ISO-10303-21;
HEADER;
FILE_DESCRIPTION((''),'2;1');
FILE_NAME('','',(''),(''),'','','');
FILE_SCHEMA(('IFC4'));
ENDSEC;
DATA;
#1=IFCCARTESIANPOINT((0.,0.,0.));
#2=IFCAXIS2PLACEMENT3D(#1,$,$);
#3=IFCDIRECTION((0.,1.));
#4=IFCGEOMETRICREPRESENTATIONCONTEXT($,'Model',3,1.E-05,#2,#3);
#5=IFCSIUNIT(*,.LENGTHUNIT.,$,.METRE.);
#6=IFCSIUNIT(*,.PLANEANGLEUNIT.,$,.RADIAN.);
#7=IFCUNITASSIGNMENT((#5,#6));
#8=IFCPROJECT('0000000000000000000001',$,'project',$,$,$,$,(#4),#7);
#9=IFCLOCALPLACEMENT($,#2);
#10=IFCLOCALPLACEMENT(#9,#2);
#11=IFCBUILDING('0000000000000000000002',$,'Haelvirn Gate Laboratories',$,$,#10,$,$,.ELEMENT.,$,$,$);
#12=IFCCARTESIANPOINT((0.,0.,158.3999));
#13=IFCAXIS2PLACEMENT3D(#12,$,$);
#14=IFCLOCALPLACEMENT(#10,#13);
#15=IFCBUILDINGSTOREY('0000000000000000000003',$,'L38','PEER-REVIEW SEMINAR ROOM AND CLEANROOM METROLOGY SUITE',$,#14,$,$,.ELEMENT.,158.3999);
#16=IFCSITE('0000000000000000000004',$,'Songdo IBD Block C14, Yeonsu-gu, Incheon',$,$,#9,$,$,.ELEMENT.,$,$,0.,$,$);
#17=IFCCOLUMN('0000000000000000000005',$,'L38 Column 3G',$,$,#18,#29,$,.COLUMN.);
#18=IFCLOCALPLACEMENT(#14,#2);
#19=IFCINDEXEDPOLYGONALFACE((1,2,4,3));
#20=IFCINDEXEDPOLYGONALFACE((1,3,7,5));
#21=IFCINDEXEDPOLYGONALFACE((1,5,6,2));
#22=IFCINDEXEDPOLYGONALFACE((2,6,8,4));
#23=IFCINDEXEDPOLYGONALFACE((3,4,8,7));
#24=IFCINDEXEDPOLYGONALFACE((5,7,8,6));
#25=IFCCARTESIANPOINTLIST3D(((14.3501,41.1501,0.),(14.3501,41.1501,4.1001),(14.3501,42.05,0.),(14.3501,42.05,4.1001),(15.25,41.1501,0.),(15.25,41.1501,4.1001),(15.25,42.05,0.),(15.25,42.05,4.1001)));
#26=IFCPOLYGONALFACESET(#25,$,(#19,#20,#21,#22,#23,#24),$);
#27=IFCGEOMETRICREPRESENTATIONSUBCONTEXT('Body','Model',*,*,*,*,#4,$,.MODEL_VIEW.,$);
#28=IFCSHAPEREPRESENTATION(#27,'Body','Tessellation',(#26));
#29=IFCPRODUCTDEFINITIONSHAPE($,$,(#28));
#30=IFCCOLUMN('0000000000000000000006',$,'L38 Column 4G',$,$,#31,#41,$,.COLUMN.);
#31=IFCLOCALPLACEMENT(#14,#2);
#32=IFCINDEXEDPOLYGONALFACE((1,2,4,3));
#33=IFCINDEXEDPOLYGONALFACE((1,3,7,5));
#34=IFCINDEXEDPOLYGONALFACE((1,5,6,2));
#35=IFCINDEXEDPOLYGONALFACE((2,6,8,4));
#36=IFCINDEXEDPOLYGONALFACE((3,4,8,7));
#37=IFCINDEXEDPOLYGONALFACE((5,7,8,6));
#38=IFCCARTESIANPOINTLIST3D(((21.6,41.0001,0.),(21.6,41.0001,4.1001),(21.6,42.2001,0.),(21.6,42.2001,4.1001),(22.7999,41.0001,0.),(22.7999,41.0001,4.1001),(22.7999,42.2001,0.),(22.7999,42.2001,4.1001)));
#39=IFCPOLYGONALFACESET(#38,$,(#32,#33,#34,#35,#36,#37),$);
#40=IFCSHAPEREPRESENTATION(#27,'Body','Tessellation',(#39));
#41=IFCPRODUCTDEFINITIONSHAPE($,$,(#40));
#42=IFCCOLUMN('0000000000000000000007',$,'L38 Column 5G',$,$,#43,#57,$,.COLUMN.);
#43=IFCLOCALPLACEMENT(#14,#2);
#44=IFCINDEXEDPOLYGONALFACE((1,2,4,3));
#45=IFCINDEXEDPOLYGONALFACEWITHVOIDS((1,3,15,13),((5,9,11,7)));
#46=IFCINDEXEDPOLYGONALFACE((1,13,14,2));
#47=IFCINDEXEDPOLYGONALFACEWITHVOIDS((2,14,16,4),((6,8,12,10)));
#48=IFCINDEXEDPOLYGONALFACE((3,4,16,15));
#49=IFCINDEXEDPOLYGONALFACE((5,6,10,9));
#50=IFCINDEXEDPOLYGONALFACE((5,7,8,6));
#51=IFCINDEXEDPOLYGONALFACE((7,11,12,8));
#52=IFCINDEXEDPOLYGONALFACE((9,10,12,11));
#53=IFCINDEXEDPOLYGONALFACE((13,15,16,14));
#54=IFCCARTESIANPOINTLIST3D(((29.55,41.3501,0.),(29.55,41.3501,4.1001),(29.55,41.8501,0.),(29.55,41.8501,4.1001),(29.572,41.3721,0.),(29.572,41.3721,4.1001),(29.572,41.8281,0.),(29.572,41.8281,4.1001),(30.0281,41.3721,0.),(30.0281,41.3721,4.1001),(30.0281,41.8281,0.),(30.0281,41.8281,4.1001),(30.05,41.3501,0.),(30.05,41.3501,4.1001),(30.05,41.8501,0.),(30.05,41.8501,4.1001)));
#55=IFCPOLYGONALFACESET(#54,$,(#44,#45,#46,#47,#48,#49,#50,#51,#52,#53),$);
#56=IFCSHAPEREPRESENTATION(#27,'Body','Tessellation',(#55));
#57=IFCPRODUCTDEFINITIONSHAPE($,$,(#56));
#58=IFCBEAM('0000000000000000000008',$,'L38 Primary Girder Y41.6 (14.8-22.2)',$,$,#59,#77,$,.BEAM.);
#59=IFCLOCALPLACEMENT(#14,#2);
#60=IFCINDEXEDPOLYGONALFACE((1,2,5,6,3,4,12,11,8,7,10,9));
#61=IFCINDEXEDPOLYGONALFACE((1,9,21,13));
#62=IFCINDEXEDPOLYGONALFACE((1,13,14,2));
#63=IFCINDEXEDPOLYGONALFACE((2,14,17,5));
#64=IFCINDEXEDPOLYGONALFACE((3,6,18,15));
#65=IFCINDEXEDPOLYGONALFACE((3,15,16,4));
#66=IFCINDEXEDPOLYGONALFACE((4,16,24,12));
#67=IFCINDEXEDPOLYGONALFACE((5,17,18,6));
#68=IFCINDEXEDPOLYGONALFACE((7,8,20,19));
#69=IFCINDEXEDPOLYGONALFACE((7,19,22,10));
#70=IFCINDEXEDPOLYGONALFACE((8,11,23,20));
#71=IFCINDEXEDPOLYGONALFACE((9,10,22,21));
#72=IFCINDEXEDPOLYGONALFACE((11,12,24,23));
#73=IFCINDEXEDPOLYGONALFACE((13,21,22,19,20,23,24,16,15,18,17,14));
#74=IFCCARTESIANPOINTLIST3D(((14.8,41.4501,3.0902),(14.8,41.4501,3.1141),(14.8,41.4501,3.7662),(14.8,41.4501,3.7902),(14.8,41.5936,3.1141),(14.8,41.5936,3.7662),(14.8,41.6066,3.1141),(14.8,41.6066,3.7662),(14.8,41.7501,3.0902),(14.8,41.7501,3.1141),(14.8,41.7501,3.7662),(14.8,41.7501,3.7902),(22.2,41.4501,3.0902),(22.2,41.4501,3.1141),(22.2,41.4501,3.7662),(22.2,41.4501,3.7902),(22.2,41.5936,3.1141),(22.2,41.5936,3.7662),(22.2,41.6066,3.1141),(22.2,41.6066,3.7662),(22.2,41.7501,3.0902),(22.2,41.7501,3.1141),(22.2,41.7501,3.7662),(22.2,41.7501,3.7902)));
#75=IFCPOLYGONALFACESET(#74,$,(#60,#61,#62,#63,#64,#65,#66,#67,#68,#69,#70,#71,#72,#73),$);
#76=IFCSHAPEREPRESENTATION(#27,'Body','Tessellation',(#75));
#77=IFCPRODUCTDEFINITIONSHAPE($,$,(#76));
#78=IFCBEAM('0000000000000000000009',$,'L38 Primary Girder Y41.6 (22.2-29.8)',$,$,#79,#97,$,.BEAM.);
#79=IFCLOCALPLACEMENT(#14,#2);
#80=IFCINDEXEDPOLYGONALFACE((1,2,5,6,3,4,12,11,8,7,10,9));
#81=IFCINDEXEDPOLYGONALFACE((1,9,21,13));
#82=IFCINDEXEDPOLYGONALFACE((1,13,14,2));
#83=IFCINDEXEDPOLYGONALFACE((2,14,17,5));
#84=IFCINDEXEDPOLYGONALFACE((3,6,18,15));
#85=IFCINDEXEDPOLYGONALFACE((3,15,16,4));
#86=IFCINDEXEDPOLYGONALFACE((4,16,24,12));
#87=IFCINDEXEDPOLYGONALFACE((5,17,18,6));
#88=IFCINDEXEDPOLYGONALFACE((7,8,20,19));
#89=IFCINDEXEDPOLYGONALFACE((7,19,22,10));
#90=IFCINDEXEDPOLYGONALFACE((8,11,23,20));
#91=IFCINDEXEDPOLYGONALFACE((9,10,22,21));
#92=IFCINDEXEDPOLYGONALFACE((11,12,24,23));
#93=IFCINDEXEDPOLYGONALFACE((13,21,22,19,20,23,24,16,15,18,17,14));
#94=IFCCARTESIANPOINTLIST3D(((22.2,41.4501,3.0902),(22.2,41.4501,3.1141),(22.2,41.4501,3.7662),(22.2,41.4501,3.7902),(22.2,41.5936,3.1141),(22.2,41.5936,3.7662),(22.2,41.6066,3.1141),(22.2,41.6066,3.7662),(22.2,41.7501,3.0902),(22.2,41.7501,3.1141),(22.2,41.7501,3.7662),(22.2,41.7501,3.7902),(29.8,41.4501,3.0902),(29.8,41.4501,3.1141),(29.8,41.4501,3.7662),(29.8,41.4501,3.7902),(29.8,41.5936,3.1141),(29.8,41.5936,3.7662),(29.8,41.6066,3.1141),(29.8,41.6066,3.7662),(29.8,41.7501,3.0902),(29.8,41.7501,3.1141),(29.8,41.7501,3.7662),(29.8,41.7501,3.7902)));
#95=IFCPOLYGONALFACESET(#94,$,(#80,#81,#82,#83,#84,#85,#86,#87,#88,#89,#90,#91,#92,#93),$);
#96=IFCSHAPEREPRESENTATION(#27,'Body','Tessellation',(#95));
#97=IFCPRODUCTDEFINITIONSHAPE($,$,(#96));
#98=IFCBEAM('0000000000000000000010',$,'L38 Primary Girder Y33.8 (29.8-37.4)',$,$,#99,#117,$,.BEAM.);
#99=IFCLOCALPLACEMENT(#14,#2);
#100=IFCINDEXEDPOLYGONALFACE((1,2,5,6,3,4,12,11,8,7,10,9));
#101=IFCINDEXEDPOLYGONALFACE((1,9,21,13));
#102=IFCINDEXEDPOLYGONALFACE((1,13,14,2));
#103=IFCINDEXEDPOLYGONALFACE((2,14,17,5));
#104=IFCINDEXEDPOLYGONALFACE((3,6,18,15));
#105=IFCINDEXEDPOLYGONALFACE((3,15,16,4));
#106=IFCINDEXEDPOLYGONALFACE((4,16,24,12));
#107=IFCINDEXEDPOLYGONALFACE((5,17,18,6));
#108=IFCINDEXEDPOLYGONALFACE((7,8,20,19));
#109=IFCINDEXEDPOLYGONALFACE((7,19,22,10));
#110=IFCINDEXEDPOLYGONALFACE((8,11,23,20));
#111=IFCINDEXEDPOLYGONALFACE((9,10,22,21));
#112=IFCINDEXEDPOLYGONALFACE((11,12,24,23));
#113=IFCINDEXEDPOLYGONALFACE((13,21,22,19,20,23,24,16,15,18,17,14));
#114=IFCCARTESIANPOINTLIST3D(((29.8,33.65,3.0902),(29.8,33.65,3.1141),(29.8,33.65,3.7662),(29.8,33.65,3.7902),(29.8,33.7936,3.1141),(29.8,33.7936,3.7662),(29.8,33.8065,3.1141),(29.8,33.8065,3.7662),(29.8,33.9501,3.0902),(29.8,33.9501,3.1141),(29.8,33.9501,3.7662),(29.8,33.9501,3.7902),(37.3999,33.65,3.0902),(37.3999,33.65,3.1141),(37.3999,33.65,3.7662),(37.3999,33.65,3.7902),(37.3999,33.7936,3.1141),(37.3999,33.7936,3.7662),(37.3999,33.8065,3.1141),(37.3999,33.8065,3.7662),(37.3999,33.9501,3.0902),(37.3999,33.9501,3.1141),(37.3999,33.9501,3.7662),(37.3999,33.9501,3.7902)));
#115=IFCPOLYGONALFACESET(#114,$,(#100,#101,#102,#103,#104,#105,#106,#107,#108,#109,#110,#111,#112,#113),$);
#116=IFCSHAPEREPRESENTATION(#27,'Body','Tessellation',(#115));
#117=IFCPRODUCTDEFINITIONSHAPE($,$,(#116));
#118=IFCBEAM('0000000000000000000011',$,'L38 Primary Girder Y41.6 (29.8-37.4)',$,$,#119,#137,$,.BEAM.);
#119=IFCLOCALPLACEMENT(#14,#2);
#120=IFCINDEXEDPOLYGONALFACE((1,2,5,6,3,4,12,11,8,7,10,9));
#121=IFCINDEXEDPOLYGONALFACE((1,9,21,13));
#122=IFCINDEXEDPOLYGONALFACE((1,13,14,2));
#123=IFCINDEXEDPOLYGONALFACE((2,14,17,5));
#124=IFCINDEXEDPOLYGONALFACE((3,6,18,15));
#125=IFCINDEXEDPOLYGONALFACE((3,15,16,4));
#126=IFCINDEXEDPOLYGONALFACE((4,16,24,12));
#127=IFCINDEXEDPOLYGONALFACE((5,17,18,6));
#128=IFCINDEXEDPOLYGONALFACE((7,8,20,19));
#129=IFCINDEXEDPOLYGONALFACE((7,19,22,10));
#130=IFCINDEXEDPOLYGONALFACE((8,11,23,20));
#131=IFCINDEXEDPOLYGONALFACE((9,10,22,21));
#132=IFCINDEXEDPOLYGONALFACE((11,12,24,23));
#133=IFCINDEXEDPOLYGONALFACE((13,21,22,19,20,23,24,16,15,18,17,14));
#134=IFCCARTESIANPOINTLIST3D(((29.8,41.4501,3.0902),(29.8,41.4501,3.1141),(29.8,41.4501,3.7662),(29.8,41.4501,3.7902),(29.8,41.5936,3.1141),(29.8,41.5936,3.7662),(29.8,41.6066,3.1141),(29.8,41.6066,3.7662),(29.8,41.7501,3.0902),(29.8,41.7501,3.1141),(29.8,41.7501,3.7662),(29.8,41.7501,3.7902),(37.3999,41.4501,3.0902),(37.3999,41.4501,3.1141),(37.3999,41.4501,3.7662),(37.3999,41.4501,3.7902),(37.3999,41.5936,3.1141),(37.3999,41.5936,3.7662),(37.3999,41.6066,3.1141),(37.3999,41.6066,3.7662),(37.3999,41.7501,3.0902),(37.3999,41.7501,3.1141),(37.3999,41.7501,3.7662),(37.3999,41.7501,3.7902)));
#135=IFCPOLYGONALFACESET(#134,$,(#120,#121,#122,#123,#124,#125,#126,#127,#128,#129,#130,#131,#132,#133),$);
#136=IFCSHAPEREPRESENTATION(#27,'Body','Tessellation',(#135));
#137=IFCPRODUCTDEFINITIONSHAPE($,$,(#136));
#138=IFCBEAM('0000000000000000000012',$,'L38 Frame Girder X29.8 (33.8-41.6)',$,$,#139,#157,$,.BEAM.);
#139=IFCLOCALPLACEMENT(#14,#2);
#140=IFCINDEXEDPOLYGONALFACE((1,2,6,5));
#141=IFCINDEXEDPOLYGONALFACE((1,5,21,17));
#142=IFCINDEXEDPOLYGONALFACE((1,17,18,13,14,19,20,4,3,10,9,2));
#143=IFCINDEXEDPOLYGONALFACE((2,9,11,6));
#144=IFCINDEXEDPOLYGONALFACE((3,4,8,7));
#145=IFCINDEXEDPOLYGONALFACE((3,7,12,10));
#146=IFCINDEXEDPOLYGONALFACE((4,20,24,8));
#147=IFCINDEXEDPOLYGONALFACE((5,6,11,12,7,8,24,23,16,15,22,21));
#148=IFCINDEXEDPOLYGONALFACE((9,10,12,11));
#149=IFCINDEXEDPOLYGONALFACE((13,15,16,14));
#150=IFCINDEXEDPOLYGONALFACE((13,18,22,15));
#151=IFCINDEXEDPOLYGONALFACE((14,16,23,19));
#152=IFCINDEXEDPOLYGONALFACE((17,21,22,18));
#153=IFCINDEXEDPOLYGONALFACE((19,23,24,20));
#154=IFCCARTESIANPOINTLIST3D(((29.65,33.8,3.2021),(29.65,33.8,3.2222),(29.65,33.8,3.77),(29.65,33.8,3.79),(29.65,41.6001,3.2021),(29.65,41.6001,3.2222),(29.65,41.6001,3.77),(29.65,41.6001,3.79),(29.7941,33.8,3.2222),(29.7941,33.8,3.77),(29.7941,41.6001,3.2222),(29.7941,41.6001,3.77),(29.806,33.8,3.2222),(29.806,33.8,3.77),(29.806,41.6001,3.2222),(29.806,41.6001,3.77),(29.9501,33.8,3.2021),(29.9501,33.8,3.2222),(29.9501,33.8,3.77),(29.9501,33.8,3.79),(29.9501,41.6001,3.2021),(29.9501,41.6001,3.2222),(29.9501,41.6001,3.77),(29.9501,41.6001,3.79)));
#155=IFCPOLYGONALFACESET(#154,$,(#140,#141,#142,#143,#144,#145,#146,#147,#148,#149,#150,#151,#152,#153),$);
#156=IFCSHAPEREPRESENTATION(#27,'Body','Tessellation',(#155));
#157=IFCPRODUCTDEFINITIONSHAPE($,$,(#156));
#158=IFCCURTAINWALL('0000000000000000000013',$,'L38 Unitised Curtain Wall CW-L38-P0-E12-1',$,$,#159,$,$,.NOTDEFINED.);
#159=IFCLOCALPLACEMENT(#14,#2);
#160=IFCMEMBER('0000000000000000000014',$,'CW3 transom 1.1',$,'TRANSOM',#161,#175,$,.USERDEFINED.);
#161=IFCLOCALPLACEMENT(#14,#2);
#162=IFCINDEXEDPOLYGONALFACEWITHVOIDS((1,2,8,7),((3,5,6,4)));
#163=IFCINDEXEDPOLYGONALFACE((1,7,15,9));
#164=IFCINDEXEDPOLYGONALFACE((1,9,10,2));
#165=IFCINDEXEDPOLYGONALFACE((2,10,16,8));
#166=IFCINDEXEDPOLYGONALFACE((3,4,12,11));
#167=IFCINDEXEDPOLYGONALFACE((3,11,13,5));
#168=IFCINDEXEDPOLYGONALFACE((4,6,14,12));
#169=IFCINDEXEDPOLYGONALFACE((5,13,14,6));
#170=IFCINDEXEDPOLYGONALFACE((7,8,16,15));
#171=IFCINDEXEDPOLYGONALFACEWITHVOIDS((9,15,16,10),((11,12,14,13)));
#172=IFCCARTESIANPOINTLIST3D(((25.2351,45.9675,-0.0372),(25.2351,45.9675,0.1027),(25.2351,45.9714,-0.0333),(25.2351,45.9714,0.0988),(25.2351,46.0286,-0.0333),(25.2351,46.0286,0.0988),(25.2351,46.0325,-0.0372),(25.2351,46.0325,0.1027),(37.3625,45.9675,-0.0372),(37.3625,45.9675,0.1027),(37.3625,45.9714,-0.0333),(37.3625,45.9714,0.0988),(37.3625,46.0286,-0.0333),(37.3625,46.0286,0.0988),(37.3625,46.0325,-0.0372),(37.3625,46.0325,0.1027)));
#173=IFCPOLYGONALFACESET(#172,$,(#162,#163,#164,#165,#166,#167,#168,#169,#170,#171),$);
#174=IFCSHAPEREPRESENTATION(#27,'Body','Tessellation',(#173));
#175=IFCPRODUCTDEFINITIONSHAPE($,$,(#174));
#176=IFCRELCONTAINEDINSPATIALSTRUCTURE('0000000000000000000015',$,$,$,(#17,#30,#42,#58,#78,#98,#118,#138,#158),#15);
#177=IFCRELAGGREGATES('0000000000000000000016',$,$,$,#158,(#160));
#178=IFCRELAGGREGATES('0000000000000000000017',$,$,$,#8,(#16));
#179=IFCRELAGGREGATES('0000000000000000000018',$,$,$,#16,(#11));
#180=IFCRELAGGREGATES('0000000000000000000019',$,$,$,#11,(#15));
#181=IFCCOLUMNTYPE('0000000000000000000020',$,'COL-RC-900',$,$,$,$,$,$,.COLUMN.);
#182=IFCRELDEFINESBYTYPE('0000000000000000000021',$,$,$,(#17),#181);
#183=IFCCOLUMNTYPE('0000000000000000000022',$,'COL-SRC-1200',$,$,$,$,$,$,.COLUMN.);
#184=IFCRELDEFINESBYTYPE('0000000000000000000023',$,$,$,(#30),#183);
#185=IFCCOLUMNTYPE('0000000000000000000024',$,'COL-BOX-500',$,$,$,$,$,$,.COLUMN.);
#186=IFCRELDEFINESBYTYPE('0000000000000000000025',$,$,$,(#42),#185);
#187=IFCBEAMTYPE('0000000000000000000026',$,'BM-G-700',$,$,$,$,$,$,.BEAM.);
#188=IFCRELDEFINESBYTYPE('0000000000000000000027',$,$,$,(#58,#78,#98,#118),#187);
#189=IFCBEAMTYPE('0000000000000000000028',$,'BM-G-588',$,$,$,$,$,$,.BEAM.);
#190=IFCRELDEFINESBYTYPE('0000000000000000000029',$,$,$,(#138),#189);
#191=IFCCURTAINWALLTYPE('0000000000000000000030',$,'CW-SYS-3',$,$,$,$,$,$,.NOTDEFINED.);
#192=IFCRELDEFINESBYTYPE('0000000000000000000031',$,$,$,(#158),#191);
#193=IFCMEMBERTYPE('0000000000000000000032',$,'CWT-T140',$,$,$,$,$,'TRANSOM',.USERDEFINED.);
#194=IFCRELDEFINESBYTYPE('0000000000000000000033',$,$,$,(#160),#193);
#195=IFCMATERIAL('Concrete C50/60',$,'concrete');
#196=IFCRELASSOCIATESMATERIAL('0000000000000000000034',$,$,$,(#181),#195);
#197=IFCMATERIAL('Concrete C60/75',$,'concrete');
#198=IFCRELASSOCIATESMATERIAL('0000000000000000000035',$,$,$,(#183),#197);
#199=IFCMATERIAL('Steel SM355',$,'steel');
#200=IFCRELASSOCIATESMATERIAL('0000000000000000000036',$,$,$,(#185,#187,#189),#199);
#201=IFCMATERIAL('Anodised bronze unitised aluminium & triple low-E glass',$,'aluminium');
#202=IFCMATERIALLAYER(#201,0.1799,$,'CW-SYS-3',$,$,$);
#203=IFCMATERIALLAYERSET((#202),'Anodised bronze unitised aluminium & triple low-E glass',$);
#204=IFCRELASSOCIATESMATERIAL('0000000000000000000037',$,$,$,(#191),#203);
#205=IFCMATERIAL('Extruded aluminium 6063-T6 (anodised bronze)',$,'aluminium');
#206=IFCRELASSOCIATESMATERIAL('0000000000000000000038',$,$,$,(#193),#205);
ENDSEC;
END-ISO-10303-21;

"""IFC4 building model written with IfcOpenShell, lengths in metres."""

from ifc_helpers import new_model, si_unit, direction, frame, origin, origin_2d, place, context, subcontext, project, spatial, rectangle, hollow_rectangle, i_section, extrude, source, transform, mapped, material, layer, layer_set, material_profile, profile_set, type_object, type_shapes, element, aggregate, save


model = new_model("IFC4")

# Units and contexts
model_context = context("Model", 3, precision=1e-05, world=origin(), true_north=direction((0.0, 1.0)))
body_context = subcontext(model_context, "Body", "Model", "MODEL_VIEW")
ifc_project = project(units=[si_unit("LENGTHUNIT", "METRE"), si_unit("PLANEANGLEUNIT", "RADIAN")], contexts=[model_context])

# Site, building, storey
site_placement = place(None, origin())
site = spatial("IfcSite", under=ifc_project, at=site_placement, Name="Songdo IBD Block C14, Yeonsu-gu, Incheon", CompositionType="ELEMENT", RefElevation=0.0)
building_placement = place(site_placement, origin())
building = spatial("IfcBuilding", under=site, at=building_placement, Name="Haelvirn Gate Laboratories", CompositionType="ELEMENT")
storey_placement = place(building_placement, frame((0.0, 0.0, 158.3999)))
storey = spatial("IfcBuildingStorey", under=building, at=storey_placement, Name="L38", Description="PEER-REVIEW SEMINAR ROOM AND CLEANROOM METROLOGY SUITE", CompositionType="ELEMENT", Elevation=158.3999)

# Columns
ifc_material_1 = material(Name="Concrete C50/60", Category="concrete")
ifc_material_profile_1 = material_profile(ifc_material_1, rectangle(XDim=0.8999, YDim=0.8999, at=origin_2d()), Name="RC-900x900")
ifc_profile_set_1 = profile_set([ifc_material_profile_1], Name="Concrete C50/60")
column_type_1 = type_object("IfcColumnType", Name="COL-RC-900", PredefinedType="COLUMN", material=ifc_profile_set_1)
shared_shape_1 = source(origin(), body_context, "Body", "SweptSolid", [
    extrude(rectangle(XDim=0.8999, YDim=0.8999, at=origin_2d()), origin(), (0.0, 0.0, 1.0), 4.1001),
])
type_shapes(column_type_1, [shared_shape_1])
column_1_placement = place(storey_placement, frame((14.8, 41.6001, 0.0), z_axis=(0.0, 0.0, 1.0), x_axis=(1.0, 0.0, 0.0)))
element("IfcColumn", 1, at=column_1_placement, inside=storey, type_object=column_type_1, Name="L38 Column 3G", PredefinedType="COLUMN", context=body_context, shape_type="MappedRepresentation", body=[
    mapped(shared_shape_1, transform((0.0, 0.0, 0.0), scale=1.0)),
])
ifc_material_2 = material(Name="Concrete C60/75", Category="concrete")
ifc_material_profile_2 = material_profile(ifc_material_2, rectangle(XDim=1.2, YDim=1.2, at=origin_2d()), Name="SRC-1200x1200")
ifc_profile_set_2 = profile_set([ifc_material_profile_2], Name="Concrete C60/75")
column_type_2 = type_object("IfcColumnType", Name="COL-SRC-1200", PredefinedType="COLUMN", material=ifc_profile_set_2)
shared_shape_2 = source(origin(), body_context, "Body", "SweptSolid", [
    extrude(rectangle(XDim=1.2, YDim=1.2, at=origin_2d()), origin(), (0.0, 0.0, 1.0), 4.1001),
])
type_shapes(column_type_2, [shared_shape_2])
column_2_placement = place(storey_placement, frame((22.2, 41.6001, 0.0), z_axis=(0.0, 0.0, 1.0), x_axis=(1.0, 0.0, 0.0)))
element("IfcColumn", 2, at=column_2_placement, inside=storey, type_object=column_type_2, Name="L38 Column 4G", PredefinedType="COLUMN", context=body_context, shape_type="MappedRepresentation", body=[
    mapped(shared_shape_2, transform((0.0, 0.0, 0.0), scale=1.0)),
])
ifc_material_3 = material(Name="Steel SM355", Category="steel")
ifc_material_profile_3 = material_profile(ifc_material_3, hollow_rectangle(XDim=0.5, YDim=0.5, WallThickness=0.022, at=origin_2d()), Name="BOX-500x500x22")
ifc_profile_set_3 = profile_set([ifc_material_profile_3], Name="Steel SM355")
column_type_3 = type_object("IfcColumnType", Name="COL-BOX-500", PredefinedType="COLUMN", material=ifc_profile_set_3)
shared_shape_3 = source(origin(), body_context, "Body", "SweptSolid", [
    extrude(hollow_rectangle(XDim=0.5, YDim=0.5, WallThickness=0.022, at=origin_2d()), origin(), (0.0, 0.0, 1.0), 4.1001),
])
type_shapes(column_type_3, [shared_shape_3])
column_3_placement = place(storey_placement, frame((29.8, 41.6001, 0.0), z_axis=(0.0, 0.0, 1.0), x_axis=(1.0, 0.0, 0.0)))
element("IfcColumn", 3, at=column_3_placement, inside=storey, type_object=column_type_3, Name="L38 Column 5G", PredefinedType="COLUMN", context=body_context, shape_type="MappedRepresentation", body=[
    mapped(shared_shape_3, transform((0.0, 0.0, 0.0), scale=1.0)),
])

# Beams
ifc_material_profile_4 = material_profile(ifc_material_3, i_section(OverallWidth=0.3, OverallDepth=0.7, WebThickness=0.0129, FlangeThickness=0.0239, at=origin_2d()), Name="H-700x300x13x24")
ifc_profile_set_4 = profile_set([ifc_material_profile_4], Name="Steel SM355")
beam_type_1 = type_object("IfcBeamType", Name="BM-G-700", PredefinedType="BEAM", material=ifc_profile_set_4)
shared_shape_4 = source(origin(), body_context, "Body", "SweptSolid", [
    extrude(i_section(OverallWidth=0.3, OverallDepth=0.7, WebThickness=0.0129, FlangeThickness=0.0239, at=origin_2d()), origin(), (0.0, 0.0, 1.0), 7.3999),
])
beam_1_placement = place(storey_placement, frame((14.8, 41.6001, 3.4402), z_axis=(1.0, 0.0, 0.0), x_axis=(0.0, 1.0, 0.0)))
element("IfcBeam", 4, at=beam_1_placement, inside=storey, type_object=beam_type_1, Name="L38 Primary Girder Y41.6 (14.8-22.2)", PredefinedType="BEAM", context=body_context, shape_type="MappedRepresentation", body=[
    mapped(shared_shape_4, transform((0.0, 0.0, 0.0), scale=1.0)),
])
shared_shape_5 = source(origin(), body_context, "Body", "SweptSolid", [
    extrude(i_section(OverallWidth=0.3, OverallDepth=0.7, WebThickness=0.0129, FlangeThickness=0.0239, at=origin_2d()), origin(), (0.0, 0.0, 1.0), 7.6001),
])
beam_2_placement = place(storey_placement, frame((22.2, 41.6001, 3.4402), z_axis=(1.0, 0.0, 0.0), x_axis=(0.0, 1.0, 0.0)))
element("IfcBeam", 5, at=beam_2_placement, inside=storey, type_object=beam_type_1, Name="L38 Primary Girder Y41.6 (22.2-29.8)", PredefinedType="BEAM", context=body_context, shape_type="MappedRepresentation", body=[
    mapped(shared_shape_5, transform((0.0, 0.0, 0.0), scale=1.0)),
])
shared_shape_6 = source(origin(), body_context, "Body", "SweptSolid", [
    extrude(i_section(OverallWidth=0.3, OverallDepth=0.7, WebThickness=0.0129, FlangeThickness=0.0239, at=origin_2d()), origin(), (0.0, 0.0, 1.0), 7.5999),
])
type_shapes(beam_type_1, [shared_shape_4, shared_shape_5, shared_shape_6])
for number, where, z_axis, x_axis, name in (
    (6, (29.8, 33.8, 3.4402), (1.0, 0.0, 0.0), (0.0, 1.0, 0.0), "L38 Primary Girder Y33.8 (29.8-37.4)"),
    (7, (29.8, 41.6001, 3.4402), (1.0, 0.0, 0.0), (0.0, 1.0, 0.0), "L38 Primary Girder Y41.6 (29.8-37.4)"),
):
    element("IfcBeam", number, at=place(storey_placement, frame(where, z_axis=z_axis, x_axis=x_axis)), inside=storey, type_object=beam_type_1, Name=name, PredefinedType="BEAM", context=body_context, shape_type="MappedRepresentation", body=[
        mapped(shared_shape_6, transform((0.0, 0.0, 0.0), scale=1.0)),
    ])
ifc_material_profile_5 = material_profile(ifc_material_3, i_section(OverallWidth=0.3, OverallDepth=0.5879, WebThickness=0.012, FlangeThickness=0.02, at=origin_2d()), Name="H-588x300x12x20")
ifc_profile_set_5 = profile_set([ifc_material_profile_5], Name="Steel SM355")
beam_type_2 = type_object("IfcBeamType", Name="BM-G-588", PredefinedType="BEAM", material=ifc_profile_set_5)
shared_shape_7 = source(origin(), body_context, "Body", "SweptSolid", [
    extrude(i_section(OverallWidth=0.3, OverallDepth=0.5879, WebThickness=0.012, FlangeThickness=0.02, at=origin_2d()), origin(), (0.0, 0.0, 1.0), 7.8),
])
type_shapes(beam_type_2, [shared_shape_7])
beam_3_placement = place(storey_placement, frame((29.8, 33.8, 3.4961), z_axis=(0.0, 1.0, 0.0), x_axis=(-1.0, 0.0, 0.0)))
element("IfcBeam", 8, at=beam_3_placement, inside=storey, type_object=beam_type_2, Name="L38 Frame Girder X29.8 (33.8-41.6)", PredefinedType="BEAM", context=body_context, shape_type="MappedRepresentation", body=[
    mapped(shared_shape_7, transform((0.0, 0.0, 0.0), scale=1.0)),
])

# Curtain wall, member
ifc_material_4 = material(Name="Anodised bronze unitised aluminium & triple low-E glass", Category="aluminium")
ifc_layer_1 = layer(ifc_material_4, 0.1799, Name="CW-SYS-3")
ifc_layer_set_1 = layer_set([ifc_layer_1], Name="Anodised bronze unitised aluminium & triple low-E glass")
curtain_wall_type = type_object("IfcCurtainWallType", Name="CW-SYS-3", PredefinedType="NOTDEFINED", material=ifc_layer_set_1)
curtain_wall_1_placement = place(storey_placement, origin())
curtain_wall_1 = element("IfcCurtainWall", 9, at=curtain_wall_1_placement, inside=storey, type_object=curtain_wall_type, Name="L38 Unitised Curtain Wall CW-L38-P0-E12-1", PredefinedType="NOTDEFINED")
ifc_material_5 = material(Name="Extruded aluminium 6063-T6 (anodised bronze)", Category="aluminium")
ifc_material_profile_6 = material_profile(ifc_material_5, hollow_rectangle(XDim=0.0649, YDim=0.1399, WallThickness=0.0039, at=origin_2d()), Name="CWT-140x65x4")
ifc_profile_set_6 = profile_set([ifc_material_profile_6], Name="Extruded aluminium 6063-T6 (anodised bronze)")
member_type_1 = type_object("IfcMemberType", Name="CWT-T140", ElementType="TRANSOM", PredefinedType="USERDEFINED", material=ifc_profile_set_6)
shared_shape_8 = source(origin(), body_context, "Body", "SweptSolid", [
    extrude(hollow_rectangle(XDim=0.0649, YDim=0.1399, WallThickness=0.0039, at=origin_2d()), origin(), (0.0, 0.0, 1.0), 12.1274),
])
member_1_placement = place(storey_placement, frame((25.2351, 46.0, 0.0327), z_axis=(1.0, 0.0, 0.0), x_axis=(0.0, 1.0, 0.0)))
member_1 = element("IfcMember", 10, at=member_1_placement, type_object=member_type_1, Name="CW3 transom 1.1", ObjectType="TRANSOM", PredefinedType="USERDEFINED", context=body_context, shape_type="MappedRepresentation", body=[
    mapped(shared_shape_8, transform((0.0, 0.0, 0.0), scale=1.0)),
])

aggregate(curtain_wall_1, [member_1])

save(model, "model.ifc")
